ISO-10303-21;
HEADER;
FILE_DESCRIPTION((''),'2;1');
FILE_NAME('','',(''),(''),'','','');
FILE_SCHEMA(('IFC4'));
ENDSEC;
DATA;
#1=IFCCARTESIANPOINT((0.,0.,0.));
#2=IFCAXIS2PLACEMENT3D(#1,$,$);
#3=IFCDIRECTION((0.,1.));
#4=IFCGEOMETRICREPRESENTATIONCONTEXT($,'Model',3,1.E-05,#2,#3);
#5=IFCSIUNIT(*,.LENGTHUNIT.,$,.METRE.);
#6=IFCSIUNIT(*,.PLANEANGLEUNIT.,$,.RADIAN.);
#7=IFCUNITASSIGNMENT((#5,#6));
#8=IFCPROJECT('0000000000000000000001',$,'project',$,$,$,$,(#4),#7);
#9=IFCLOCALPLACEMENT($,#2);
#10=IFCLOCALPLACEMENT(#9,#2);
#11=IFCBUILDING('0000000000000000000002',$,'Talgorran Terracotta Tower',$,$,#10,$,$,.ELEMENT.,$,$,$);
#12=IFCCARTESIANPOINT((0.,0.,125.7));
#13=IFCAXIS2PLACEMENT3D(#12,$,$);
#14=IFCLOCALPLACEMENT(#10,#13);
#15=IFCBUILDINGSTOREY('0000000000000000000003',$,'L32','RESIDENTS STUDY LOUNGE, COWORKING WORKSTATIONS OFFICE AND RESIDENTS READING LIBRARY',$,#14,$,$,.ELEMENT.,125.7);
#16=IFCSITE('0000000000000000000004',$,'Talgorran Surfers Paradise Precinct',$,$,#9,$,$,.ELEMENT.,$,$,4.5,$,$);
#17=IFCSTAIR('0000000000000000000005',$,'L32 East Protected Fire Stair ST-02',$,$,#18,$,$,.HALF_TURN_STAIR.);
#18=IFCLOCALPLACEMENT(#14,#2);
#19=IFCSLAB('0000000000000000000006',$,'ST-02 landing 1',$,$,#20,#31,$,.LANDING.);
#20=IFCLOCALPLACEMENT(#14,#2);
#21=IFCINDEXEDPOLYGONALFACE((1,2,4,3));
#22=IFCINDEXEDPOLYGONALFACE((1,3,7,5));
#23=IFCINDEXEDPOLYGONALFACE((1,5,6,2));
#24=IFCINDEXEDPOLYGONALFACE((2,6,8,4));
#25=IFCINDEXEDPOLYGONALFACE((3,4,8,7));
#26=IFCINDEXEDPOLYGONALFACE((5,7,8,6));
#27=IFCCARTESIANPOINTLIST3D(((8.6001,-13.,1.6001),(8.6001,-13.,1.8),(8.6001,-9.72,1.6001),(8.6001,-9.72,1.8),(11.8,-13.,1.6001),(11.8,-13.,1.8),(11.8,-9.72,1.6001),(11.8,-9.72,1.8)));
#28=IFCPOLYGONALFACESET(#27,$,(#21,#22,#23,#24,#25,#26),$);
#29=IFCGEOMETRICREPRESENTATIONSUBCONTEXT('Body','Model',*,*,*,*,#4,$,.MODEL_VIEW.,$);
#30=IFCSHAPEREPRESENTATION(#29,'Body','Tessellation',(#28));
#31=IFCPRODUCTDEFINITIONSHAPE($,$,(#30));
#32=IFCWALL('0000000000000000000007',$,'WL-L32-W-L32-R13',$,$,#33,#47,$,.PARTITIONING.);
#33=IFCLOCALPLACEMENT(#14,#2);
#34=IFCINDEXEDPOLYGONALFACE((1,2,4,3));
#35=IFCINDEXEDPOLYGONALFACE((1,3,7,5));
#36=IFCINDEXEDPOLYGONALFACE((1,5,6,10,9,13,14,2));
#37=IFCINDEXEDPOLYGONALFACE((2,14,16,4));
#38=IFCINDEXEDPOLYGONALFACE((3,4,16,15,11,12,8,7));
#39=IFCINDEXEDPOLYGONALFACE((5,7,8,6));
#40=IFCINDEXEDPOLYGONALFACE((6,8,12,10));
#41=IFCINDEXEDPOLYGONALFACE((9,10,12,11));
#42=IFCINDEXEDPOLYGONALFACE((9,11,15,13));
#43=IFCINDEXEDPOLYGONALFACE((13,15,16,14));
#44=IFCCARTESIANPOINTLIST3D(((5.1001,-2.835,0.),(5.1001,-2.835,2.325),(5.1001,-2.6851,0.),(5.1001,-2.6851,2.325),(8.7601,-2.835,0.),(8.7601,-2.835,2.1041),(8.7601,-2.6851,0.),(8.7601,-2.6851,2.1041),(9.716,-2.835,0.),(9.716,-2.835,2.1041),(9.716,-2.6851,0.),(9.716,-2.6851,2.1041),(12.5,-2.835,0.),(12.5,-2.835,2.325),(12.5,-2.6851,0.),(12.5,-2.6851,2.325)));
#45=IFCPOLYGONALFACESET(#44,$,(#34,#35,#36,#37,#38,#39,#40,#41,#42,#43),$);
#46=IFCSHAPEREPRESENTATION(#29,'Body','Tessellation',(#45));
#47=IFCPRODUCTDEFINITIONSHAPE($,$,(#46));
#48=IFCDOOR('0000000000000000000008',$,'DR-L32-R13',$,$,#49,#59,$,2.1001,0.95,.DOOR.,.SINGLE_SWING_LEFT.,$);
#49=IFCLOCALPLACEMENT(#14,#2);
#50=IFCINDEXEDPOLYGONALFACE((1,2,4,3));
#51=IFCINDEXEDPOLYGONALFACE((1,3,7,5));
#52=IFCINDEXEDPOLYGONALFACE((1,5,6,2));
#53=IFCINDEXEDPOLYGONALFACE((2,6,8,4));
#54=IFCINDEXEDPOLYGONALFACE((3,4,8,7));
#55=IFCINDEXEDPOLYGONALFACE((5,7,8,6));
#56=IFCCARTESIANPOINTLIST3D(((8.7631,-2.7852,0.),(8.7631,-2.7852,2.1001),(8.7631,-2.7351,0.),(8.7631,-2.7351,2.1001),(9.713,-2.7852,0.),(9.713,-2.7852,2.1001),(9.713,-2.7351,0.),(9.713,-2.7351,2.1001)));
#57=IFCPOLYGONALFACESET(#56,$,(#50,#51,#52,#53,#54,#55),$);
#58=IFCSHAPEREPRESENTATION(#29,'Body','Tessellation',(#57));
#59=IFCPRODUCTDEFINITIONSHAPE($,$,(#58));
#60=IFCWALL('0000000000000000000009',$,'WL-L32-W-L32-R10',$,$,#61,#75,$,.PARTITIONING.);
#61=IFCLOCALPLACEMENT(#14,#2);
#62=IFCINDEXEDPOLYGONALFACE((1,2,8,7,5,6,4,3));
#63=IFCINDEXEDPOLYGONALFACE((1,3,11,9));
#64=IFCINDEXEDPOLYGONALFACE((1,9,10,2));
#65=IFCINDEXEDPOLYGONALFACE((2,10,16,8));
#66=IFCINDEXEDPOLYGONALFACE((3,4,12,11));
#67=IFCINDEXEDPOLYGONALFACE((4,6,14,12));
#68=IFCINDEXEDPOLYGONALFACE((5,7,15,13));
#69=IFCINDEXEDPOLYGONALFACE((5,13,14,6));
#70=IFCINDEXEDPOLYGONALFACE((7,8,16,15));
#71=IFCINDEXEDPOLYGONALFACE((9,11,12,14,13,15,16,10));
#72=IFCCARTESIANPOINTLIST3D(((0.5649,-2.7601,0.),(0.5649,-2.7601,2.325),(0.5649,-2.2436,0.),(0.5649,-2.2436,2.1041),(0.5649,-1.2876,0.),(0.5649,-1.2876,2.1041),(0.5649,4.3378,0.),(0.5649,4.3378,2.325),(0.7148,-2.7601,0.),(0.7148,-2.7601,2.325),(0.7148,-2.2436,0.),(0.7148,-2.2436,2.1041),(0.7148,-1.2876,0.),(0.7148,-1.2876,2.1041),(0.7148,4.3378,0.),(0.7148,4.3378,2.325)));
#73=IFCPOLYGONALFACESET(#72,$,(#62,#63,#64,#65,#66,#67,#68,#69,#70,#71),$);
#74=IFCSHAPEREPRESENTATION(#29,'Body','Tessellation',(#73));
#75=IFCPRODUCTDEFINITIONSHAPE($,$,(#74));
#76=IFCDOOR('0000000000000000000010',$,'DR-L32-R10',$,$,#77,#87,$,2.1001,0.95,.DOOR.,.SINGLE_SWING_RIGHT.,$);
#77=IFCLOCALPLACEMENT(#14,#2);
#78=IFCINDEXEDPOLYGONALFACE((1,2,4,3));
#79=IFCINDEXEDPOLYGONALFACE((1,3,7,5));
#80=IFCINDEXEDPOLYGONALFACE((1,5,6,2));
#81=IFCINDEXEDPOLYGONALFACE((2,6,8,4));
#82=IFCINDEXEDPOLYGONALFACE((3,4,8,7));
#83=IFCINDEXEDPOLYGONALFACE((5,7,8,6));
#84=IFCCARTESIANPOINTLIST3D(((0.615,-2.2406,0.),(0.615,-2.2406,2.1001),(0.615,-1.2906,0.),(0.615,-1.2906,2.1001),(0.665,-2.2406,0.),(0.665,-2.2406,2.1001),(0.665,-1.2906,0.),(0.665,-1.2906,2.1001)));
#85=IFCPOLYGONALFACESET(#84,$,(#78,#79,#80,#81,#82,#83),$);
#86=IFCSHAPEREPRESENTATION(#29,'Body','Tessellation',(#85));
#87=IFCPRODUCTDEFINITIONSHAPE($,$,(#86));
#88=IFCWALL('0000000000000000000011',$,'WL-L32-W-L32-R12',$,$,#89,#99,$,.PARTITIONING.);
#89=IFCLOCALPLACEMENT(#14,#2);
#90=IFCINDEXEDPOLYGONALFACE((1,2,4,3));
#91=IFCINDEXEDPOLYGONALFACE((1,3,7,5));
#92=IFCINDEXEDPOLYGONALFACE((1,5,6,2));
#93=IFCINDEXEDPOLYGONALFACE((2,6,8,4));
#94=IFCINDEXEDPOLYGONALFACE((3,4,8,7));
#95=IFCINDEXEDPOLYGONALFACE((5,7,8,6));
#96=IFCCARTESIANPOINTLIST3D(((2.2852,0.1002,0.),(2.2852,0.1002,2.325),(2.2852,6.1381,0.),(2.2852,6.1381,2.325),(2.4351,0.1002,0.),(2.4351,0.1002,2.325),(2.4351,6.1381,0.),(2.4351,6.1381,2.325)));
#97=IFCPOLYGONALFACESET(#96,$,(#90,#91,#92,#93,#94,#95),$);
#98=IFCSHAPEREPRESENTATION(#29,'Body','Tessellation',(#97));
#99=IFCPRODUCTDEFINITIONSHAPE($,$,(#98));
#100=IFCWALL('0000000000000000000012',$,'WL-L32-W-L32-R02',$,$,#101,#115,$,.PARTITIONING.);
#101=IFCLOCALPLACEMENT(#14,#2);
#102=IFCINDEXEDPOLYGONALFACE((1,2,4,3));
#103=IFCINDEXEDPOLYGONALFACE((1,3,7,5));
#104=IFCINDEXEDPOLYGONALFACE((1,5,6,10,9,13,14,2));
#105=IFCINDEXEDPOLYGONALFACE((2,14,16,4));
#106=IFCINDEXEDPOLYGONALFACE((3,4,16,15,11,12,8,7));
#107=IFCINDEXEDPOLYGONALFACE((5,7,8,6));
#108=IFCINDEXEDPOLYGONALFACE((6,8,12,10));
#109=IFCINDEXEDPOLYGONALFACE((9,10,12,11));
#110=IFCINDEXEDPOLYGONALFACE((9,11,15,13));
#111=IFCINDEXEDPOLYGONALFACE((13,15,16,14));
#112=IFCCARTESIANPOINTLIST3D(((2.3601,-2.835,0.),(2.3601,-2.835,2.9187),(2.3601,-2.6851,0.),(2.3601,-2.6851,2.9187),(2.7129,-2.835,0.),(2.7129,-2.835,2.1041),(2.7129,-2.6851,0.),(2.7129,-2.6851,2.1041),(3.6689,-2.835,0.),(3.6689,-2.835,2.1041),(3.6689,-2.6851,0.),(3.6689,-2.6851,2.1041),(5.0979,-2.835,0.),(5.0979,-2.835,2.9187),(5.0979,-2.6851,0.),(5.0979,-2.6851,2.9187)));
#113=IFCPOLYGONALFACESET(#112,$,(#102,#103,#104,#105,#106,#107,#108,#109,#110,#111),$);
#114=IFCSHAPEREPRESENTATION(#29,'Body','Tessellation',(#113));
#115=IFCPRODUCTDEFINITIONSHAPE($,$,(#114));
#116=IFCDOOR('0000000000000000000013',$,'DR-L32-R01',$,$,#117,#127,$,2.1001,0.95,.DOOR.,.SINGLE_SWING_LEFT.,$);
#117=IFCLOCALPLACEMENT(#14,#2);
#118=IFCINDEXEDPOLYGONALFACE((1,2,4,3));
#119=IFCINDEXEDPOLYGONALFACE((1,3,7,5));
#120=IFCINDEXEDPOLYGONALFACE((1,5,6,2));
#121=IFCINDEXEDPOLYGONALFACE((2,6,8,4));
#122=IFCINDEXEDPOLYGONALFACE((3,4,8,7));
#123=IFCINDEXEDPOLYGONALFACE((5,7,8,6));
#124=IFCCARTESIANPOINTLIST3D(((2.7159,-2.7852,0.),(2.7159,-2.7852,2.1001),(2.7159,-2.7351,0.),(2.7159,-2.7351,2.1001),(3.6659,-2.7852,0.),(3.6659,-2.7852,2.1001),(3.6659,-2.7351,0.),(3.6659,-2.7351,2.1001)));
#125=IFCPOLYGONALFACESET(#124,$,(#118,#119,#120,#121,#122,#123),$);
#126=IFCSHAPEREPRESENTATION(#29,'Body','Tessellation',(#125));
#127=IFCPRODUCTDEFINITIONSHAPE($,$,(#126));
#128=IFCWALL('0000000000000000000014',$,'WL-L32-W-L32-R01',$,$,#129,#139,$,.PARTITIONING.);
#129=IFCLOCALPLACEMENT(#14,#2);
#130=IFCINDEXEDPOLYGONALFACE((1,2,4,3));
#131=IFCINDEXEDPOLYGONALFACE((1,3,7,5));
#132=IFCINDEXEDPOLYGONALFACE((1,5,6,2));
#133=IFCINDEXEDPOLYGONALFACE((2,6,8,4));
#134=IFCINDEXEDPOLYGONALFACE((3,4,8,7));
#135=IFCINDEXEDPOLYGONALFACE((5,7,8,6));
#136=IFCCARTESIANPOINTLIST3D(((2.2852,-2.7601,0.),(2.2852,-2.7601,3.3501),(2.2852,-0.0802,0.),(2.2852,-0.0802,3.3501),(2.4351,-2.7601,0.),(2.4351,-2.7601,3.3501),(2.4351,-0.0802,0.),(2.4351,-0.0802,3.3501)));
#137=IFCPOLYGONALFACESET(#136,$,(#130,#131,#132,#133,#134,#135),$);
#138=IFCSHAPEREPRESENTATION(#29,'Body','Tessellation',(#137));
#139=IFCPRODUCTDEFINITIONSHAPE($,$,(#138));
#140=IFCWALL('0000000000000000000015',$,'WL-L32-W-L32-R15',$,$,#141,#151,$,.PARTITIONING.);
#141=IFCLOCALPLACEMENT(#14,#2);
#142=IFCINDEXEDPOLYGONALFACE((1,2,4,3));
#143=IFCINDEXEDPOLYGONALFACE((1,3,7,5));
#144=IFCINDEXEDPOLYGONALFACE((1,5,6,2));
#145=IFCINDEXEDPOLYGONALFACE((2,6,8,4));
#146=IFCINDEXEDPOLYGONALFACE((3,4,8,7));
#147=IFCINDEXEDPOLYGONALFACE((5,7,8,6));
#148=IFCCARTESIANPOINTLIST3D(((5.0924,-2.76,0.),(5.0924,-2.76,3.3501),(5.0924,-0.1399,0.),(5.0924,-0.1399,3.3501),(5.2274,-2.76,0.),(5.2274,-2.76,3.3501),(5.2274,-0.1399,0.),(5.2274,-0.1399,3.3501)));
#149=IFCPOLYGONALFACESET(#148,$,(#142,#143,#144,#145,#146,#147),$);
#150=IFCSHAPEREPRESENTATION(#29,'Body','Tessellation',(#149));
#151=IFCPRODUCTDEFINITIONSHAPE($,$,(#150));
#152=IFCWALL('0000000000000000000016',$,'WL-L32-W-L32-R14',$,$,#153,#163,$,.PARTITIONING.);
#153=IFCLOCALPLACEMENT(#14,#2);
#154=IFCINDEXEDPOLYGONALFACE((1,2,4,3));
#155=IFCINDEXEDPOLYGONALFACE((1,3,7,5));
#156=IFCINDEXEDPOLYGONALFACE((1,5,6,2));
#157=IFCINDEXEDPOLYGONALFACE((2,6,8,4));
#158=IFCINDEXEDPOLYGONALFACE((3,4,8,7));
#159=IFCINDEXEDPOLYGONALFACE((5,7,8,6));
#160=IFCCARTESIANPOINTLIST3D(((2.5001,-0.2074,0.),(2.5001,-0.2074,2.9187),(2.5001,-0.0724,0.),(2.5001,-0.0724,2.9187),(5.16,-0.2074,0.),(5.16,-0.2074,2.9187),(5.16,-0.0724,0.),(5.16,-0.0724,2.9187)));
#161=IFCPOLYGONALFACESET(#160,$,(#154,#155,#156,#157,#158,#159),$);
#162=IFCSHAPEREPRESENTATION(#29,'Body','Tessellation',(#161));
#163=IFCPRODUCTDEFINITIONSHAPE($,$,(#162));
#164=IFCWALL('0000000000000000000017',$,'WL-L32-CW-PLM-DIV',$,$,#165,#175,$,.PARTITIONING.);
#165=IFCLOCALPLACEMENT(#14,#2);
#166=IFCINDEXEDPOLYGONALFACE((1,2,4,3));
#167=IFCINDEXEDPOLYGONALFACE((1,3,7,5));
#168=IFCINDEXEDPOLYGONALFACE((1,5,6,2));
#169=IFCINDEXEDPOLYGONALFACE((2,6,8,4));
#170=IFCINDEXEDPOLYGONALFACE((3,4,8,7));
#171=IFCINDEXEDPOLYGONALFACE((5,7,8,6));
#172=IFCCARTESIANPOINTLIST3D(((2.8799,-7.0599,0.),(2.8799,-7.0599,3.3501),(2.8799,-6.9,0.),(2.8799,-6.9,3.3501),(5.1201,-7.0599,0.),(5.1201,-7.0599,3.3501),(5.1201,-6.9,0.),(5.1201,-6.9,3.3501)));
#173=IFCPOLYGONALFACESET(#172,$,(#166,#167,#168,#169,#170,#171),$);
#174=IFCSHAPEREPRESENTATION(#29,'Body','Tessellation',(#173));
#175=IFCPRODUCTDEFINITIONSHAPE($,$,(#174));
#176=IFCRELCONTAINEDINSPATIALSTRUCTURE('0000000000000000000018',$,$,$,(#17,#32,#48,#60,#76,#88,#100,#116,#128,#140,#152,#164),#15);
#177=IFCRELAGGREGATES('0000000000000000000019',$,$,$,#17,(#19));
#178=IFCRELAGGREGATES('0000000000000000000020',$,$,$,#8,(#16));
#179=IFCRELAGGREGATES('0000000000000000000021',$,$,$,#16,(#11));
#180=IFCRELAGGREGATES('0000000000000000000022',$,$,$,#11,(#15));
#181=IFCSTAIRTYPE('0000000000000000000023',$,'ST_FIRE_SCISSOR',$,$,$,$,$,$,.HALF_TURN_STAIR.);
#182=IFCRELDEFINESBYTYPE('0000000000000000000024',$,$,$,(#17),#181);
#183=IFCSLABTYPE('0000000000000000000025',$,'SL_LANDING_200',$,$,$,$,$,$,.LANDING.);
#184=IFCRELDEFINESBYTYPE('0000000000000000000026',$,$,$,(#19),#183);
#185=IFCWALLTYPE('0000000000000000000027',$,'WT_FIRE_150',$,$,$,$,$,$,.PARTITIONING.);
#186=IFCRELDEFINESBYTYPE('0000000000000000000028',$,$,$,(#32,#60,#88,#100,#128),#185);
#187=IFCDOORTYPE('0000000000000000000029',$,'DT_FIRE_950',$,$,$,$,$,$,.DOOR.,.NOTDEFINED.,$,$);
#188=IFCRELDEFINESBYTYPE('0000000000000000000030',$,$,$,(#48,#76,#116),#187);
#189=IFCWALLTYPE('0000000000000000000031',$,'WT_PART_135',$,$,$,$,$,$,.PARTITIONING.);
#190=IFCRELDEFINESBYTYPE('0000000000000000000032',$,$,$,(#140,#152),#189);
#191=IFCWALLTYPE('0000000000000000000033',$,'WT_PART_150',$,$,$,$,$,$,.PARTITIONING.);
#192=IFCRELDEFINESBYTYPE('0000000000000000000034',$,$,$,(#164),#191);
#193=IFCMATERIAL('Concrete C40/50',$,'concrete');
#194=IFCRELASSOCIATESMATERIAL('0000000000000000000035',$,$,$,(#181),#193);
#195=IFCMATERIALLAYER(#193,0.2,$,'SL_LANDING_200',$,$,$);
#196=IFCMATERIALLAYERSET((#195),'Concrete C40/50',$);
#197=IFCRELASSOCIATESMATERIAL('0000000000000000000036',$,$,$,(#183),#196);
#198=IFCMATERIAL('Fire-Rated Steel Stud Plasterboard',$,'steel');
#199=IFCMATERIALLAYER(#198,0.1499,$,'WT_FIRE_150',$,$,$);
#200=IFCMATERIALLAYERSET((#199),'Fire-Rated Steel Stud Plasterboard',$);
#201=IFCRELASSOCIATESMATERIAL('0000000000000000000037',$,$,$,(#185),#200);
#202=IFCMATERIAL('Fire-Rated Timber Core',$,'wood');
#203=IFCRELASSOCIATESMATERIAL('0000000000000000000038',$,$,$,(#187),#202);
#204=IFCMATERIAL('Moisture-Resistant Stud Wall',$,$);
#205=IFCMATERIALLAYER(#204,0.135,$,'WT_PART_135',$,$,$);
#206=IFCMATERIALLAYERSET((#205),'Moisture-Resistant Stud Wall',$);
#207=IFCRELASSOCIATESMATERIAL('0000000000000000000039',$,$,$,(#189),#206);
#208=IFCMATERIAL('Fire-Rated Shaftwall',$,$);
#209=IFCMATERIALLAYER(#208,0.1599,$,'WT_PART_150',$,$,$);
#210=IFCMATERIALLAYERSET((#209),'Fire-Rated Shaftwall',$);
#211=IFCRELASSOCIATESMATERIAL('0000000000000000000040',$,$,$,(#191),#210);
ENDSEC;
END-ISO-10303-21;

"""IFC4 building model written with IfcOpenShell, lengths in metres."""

from ifc_helpers import new_model, si_unit, direction, frame, frame_2d, origin, place, context, subcontext, project, spatial, polyline, rectangle, outline, extrude, material, layer, layer_set, type_object, element, fill, aggregate, save


model = new_model("IFC4")

# Units and contexts
model_context = context("Model", 3, precision=1e-05, world=origin(), true_north=direction((0.0, 1.0)))
body_context = subcontext(model_context, "Body", "Model", "MODEL_VIEW")
ifc_project = project(units=[si_unit("LENGTHUNIT", "METRE"), si_unit("PLANEANGLEUNIT", "RADIAN")], contexts=[model_context])

# Site, building, storey
site_placement = place(None, origin())
site = spatial("IfcSite", under=ifc_project, at=site_placement, Name="Talgorran Surfers Paradise Precinct", CompositionType="ELEMENT", RefElevation=4.5)
building_placement = place(site_placement, origin())
building = spatial("IfcBuilding", under=site, at=building_placement, Name="Talgorran Terracotta Tower", CompositionType="ELEMENT")
storey_placement = place(building_placement, frame((0.0, 0.0, 125.7)))
storey = spatial("IfcBuildingStorey", under=building, at=storey_placement, Name="L32", Description="RESIDENTS STUDY LOUNGE, COWORKING WORKSTATIONS OFFICE AND RESIDENTS READING LIBRARY", CompositionType="ELEMENT", Elevation=125.7)

# Stair, slab
ifc_material_1 = material(Name="Concrete C40/50", Category="concrete")
stair_type = type_object("IfcStairType", Name="ST_FIRE_SCISSOR", PredefinedType="HALF_TURN_STAIR", material=ifc_material_1)
stair_placement = place(storey_placement, origin())
stair = element("IfcStair", 1, at=stair_placement, inside=storey, type_object=stair_type, Name="L32 East Protected Fire Stair ST-02", PredefinedType="HALF_TURN_STAIR")
ifc_layer_1 = layer(ifc_material_1, 0.2, Name="SL_LANDING_200")
ifc_layer_set_1 = layer_set([ifc_layer_1], Name="Concrete C40/50")
slab_type = type_object("IfcSlabType", Name="SL_LANDING_200", PredefinedType="LANDING", material=ifc_layer_set_1)
slab_placement = place(storey_placement, frame((0.0, 0.0, 1.6001)))
slab = element("IfcSlab", 2, at=slab_placement, type_object=slab_type, Name="ST-02 landing 1", PredefinedType="LANDING", context=body_context, shape_type="SweptSolid", body=[
    extrude(outline(polyline([(8.6001, -9.72), (8.6001, -13.0), (11.8, -13.0), (11.8, -9.72), (8.6001, -9.72)])), origin(), (0.0, 0.0, 1.0), 0.2),
])
aggregate(stair, [slab])

# Walls, openings, doors
ifc_material_2 = material(Name="Fire-Rated Steel Stud Plasterboard", Category="steel")
ifc_layer_2 = layer(ifc_material_2, 0.1499, Name="WT_FIRE_150")
ifc_layer_set_2 = layer_set([ifc_layer_2], Name="Fire-Rated Steel Stud Plasterboard")
wall_type_1 = type_object("IfcWallType", Name="WT_FIRE_150", PredefinedType="PARTITIONING", material=ifc_layer_set_2)
wall_1_placement = place(storey_placement, frame((5.1001, -2.76, 0.0), z_axis=(0.0, 0.0, 1.0), x_axis=(1.0, 0.0, 0.0)))
wall_1 = element("IfcWall", 3, at=wall_1_placement, inside=storey, type_object=wall_type_1, Name="WL-L32-W-L32-R13", PredefinedType="PARTITIONING", context=body_context, shape_type="SweptSolid", body=[
    extrude(rectangle(XDim=7.3999, YDim=0.1499, at=frame_2d((3.7, 0.0))), origin(), (0.0, 0.0, 1.0), 2.325),
])
opening_1_placement = place(wall_1_placement, frame((3.6628, 0.0, 0.0)))
opening_1 = element("IfcOpeningElement", 4, at=opening_1_placement, cuts=wall_1, PredefinedType="OPENING", context=body_context, shape_type="SweptSolid", body=[
    extrude(rectangle(XDim=0.956, YDim=2.1041, at=frame_2d((0.4751, 1.052))), frame((0.0, 0.085, 0.0), z_axis=(0.0, -1.0, 0.0), x_axis=(1.0, 0.0, 0.0)), (0.0, 0.0, 1.0), 0.1699),
])
ifc_material_3 = material(Name="Fire-Rated Timber Core", Category="wood")
door_type = type_object("IfcDoorType", Name="DT_FIRE_950", OperationType="NOTDEFINED", PredefinedType="DOOR", material=ifc_material_3)
door_1_placement = place(opening_1_placement, origin())
door_1 = element("IfcDoor", 5, at=door_1_placement, inside=storey, type_object=door_type, Name="DR-L32-R13", OperationType="SINGLE_SWING_LEFT", OverallHeight=2.1001, OverallWidth=0.95, PredefinedType="DOOR", context=body_context, shape_type="SweptSolid", body=[
    extrude(rectangle(XDim=0.95, YDim=2.1001, at=frame_2d((0.4751, 1.05))), frame((0.0, 0.0249, 0.0), z_axis=(0.0, -1.0, 0.0), x_axis=(1.0, 0.0, 0.0)), (0.0, 0.0, 1.0), 0.05),
])
fill(opening_1, door_1)
wall_2_placement = place(storey_placement, frame((0.6399, -2.76, 0.0), z_axis=(0.0, 0.0, 1.0), x_axis=(0.0, 1.0, 0.0)))
wall_2 = element("IfcWall", 6, at=wall_2_placement, inside=storey, type_object=wall_type_1, Name="WL-L32-W-L32-R10", PredefinedType="PARTITIONING", context=body_context, shape_type="SweptSolid", body=[
    extrude(rectangle(XDim=7.0979, YDim=0.1499, at=frame_2d((3.5488, 0.0))), origin(), (0.0, 0.0, 1.0), 2.325),
])
opening_2_placement = place(wall_2_placement, frame((0.5193, 0.0, 0.0)))
opening_2 = element("IfcOpeningElement", 7, at=opening_2_placement, cuts=wall_2, PredefinedType="OPENING", context=body_context, shape_type="SweptSolid", body=[
    extrude(rectangle(XDim=0.956, YDim=2.1041, at=frame_2d((0.4751, 1.052))), frame((0.0, 0.085, 0.0), z_axis=(0.0, -1.0, 0.0), x_axis=(1.0, 0.0, 0.0)), (0.0, 0.0, 1.0), 0.1699),
])
door_2_placement = place(opening_2_placement, origin())
door_2 = element("IfcDoor", 8, at=door_2_placement, inside=storey, type_object=door_type, Name="DR-L32-R10", OperationType="SINGLE_SWING_RIGHT", OverallHeight=2.1001, OverallWidth=0.95, PredefinedType="DOOR", context=body_context, shape_type="SweptSolid", body=[
    extrude(rectangle(XDim=0.95, YDim=2.1001, at=frame_2d((0.4751, 1.05))), frame((0.0, 0.0249, 0.0), z_axis=(0.0, -1.0, 0.0), x_axis=(1.0, 0.0, 0.0)), (0.0, 0.0, 1.0), 0.05),
])
fill(opening_2, door_2)

# Wall
wall_3_placement = place(storey_placement, frame((2.3601, 0.1001, 0.0), z_axis=(0.0, 0.0, 1.0), x_axis=(0.0, 1.0, 0.0)))
element("IfcWall", 9, at=wall_3_placement, inside=storey, type_object=wall_type_1, Name="WL-L32-W-L32-R12", PredefinedType="PARTITIONING", context=body_context, shape_type="SweptSolid", body=[
    extrude(rectangle(XDim=6.0378, YDim=0.1499, at=frame_2d((3.019, 0.0))), origin(), (0.0, 0.0, 1.0), 2.325),
])

# Wall, opening, door
wall_4_placement = place(storey_placement, frame((2.3601, -2.76, 0.0), z_axis=(0.0, 0.0, 1.0), x_axis=(1.0, 0.0, 0.0)))
wall_4 = element("IfcWall", 10, at=wall_4_placement, inside=storey, type_object=wall_type_1, Name="WL-L32-W-L32-R02", PredefinedType="PARTITIONING", context=body_context, shape_type="SweptSolid", body=[
    extrude(rectangle(XDim=2.7378, YDim=0.1499, at=frame_2d((1.3689, 0.0))), origin(), (0.0, 0.0, 1.0), 2.9187),
])
opening_3_placement = place(wall_4_placement, frame((0.3557, 0.0, 0.0)))
opening_3 = element("IfcOpeningElement", 11, at=opening_3_placement, cuts=wall_4, PredefinedType="OPENING", context=body_context, shape_type="SweptSolid", body=[
    extrude(rectangle(XDim=0.956, YDim=2.1041, at=frame_2d((0.4751, 1.052))), frame((0.0, 0.085, 0.0), z_axis=(0.0, -1.0, 0.0), x_axis=(1.0, 0.0, 0.0)), (0.0, 0.0, 1.0), 0.1699),
])
door_3_placement = place(opening_3_placement, origin())
door_3 = element("IfcDoor", 12, at=door_3_placement, inside=storey, type_object=door_type, Name="DR-L32-R01", OperationType="SINGLE_SWING_LEFT", OverallHeight=2.1001, OverallWidth=0.95, PredefinedType="DOOR", context=body_context, shape_type="SweptSolid", body=[
    extrude(rectangle(XDim=0.95, YDim=2.1001, at=frame_2d((0.4751, 1.05))), frame((0.0, 0.0249, 0.0), z_axis=(0.0, -1.0, 0.0), x_axis=(1.0, 0.0, 0.0)), (0.0, 0.0, 1.0), 0.05),
])
fill(opening_3, door_3)

# Walls
wall_5_placement = place(storey_placement, frame((2.3601, -2.76, 0.0), z_axis=(0.0, 0.0, 1.0), x_axis=(0.0, 1.0, 0.0)))
element("IfcWall", 13, at=wall_5_placement, inside=storey, type_object=wall_type_1, Name="WL-L32-W-L32-R01", PredefinedType="PARTITIONING", context=body_context, shape_type="SweptSolid", body=[
    extrude(rectangle(XDim=2.6799, YDim=0.1499, at=frame_2d((1.3398, 0.0))), origin(), (0.0, 0.0, 1.0), 3.3501),
])
ifc_material_4 = material(Name="Moisture-Resistant Stud Wall")
ifc_layer_3 = layer(ifc_material_4, 0.135, Name="WT_PART_135")
ifc_layer_set_3 = layer_set([ifc_layer_3], Name="Moisture-Resistant Stud Wall")
wall_type_2 = type_object("IfcWallType", Name="WT_PART_135", PredefinedType="PARTITIONING", material=ifc_layer_set_3)
wall_6_placement = place(storey_placement, frame((5.1599, -2.76, 0.0), z_axis=(0.0, 0.0, 1.0), x_axis=(0.0, 1.0, 0.0)))
element("IfcWall", 14, at=wall_6_placement, inside=storey, type_object=wall_type_2, Name="WL-L32-W-L32-R15", PredefinedType="PARTITIONING", context=body_context, shape_type="SweptSolid", body=[
    extrude(rectangle(XDim=2.6201, YDim=0.135, at=frame_2d((1.3101, 0.0))), origin(), (0.0, 0.0, 1.0), 3.3501),
])
wall_7_placement = place(storey_placement, frame((2.5, -0.1399, 0.0), z_axis=(0.0, 0.0, 1.0), x_axis=(1.0, 0.0, 0.0)))
element("IfcWall", 15, at=wall_7_placement, inside=storey, type_object=wall_type_2, Name="WL-L32-W-L32-R14", PredefinedType="PARTITIONING", context=body_context, shape_type="SweptSolid", body=[
    extrude(rectangle(XDim=2.6599, YDim=0.135, at=frame_2d((1.3301, 0.0))), origin(), (0.0, 0.0, 1.0), 2.9187),
])
ifc_material_5 = material(Name="Fire-Rated Shaftwall")
ifc_layer_4 = layer(ifc_material_5, 0.1599, Name="WT_PART_150")
ifc_layer_set_4 = layer_set([ifc_layer_4], Name="Fire-Rated Shaftwall")
wall_type_3 = type_object("IfcWallType", Name="WT_PART_150", PredefinedType="PARTITIONING", material=ifc_layer_set_4)
wall_8_placement = place(storey_placement, frame((2.8799, -6.98, 0.0), z_axis=(0.0, 0.0, 1.0), x_axis=(1.0, 0.0, 0.0)))
element("IfcWall", 16, at=wall_8_placement, inside=storey, type_object=wall_type_3, Name="WL-L32-CW-PLM-DIV", PredefinedType="PARTITIONING", context=body_context, shape_type="SweptSolid", body=[
    extrude(rectangle(XDim=2.2402, YDim=0.1599, at=frame_2d((1.1201, 0.0))), origin(), (0.0, 0.0, 1.0), 3.3501),
])

save(model, "model.ifc")
